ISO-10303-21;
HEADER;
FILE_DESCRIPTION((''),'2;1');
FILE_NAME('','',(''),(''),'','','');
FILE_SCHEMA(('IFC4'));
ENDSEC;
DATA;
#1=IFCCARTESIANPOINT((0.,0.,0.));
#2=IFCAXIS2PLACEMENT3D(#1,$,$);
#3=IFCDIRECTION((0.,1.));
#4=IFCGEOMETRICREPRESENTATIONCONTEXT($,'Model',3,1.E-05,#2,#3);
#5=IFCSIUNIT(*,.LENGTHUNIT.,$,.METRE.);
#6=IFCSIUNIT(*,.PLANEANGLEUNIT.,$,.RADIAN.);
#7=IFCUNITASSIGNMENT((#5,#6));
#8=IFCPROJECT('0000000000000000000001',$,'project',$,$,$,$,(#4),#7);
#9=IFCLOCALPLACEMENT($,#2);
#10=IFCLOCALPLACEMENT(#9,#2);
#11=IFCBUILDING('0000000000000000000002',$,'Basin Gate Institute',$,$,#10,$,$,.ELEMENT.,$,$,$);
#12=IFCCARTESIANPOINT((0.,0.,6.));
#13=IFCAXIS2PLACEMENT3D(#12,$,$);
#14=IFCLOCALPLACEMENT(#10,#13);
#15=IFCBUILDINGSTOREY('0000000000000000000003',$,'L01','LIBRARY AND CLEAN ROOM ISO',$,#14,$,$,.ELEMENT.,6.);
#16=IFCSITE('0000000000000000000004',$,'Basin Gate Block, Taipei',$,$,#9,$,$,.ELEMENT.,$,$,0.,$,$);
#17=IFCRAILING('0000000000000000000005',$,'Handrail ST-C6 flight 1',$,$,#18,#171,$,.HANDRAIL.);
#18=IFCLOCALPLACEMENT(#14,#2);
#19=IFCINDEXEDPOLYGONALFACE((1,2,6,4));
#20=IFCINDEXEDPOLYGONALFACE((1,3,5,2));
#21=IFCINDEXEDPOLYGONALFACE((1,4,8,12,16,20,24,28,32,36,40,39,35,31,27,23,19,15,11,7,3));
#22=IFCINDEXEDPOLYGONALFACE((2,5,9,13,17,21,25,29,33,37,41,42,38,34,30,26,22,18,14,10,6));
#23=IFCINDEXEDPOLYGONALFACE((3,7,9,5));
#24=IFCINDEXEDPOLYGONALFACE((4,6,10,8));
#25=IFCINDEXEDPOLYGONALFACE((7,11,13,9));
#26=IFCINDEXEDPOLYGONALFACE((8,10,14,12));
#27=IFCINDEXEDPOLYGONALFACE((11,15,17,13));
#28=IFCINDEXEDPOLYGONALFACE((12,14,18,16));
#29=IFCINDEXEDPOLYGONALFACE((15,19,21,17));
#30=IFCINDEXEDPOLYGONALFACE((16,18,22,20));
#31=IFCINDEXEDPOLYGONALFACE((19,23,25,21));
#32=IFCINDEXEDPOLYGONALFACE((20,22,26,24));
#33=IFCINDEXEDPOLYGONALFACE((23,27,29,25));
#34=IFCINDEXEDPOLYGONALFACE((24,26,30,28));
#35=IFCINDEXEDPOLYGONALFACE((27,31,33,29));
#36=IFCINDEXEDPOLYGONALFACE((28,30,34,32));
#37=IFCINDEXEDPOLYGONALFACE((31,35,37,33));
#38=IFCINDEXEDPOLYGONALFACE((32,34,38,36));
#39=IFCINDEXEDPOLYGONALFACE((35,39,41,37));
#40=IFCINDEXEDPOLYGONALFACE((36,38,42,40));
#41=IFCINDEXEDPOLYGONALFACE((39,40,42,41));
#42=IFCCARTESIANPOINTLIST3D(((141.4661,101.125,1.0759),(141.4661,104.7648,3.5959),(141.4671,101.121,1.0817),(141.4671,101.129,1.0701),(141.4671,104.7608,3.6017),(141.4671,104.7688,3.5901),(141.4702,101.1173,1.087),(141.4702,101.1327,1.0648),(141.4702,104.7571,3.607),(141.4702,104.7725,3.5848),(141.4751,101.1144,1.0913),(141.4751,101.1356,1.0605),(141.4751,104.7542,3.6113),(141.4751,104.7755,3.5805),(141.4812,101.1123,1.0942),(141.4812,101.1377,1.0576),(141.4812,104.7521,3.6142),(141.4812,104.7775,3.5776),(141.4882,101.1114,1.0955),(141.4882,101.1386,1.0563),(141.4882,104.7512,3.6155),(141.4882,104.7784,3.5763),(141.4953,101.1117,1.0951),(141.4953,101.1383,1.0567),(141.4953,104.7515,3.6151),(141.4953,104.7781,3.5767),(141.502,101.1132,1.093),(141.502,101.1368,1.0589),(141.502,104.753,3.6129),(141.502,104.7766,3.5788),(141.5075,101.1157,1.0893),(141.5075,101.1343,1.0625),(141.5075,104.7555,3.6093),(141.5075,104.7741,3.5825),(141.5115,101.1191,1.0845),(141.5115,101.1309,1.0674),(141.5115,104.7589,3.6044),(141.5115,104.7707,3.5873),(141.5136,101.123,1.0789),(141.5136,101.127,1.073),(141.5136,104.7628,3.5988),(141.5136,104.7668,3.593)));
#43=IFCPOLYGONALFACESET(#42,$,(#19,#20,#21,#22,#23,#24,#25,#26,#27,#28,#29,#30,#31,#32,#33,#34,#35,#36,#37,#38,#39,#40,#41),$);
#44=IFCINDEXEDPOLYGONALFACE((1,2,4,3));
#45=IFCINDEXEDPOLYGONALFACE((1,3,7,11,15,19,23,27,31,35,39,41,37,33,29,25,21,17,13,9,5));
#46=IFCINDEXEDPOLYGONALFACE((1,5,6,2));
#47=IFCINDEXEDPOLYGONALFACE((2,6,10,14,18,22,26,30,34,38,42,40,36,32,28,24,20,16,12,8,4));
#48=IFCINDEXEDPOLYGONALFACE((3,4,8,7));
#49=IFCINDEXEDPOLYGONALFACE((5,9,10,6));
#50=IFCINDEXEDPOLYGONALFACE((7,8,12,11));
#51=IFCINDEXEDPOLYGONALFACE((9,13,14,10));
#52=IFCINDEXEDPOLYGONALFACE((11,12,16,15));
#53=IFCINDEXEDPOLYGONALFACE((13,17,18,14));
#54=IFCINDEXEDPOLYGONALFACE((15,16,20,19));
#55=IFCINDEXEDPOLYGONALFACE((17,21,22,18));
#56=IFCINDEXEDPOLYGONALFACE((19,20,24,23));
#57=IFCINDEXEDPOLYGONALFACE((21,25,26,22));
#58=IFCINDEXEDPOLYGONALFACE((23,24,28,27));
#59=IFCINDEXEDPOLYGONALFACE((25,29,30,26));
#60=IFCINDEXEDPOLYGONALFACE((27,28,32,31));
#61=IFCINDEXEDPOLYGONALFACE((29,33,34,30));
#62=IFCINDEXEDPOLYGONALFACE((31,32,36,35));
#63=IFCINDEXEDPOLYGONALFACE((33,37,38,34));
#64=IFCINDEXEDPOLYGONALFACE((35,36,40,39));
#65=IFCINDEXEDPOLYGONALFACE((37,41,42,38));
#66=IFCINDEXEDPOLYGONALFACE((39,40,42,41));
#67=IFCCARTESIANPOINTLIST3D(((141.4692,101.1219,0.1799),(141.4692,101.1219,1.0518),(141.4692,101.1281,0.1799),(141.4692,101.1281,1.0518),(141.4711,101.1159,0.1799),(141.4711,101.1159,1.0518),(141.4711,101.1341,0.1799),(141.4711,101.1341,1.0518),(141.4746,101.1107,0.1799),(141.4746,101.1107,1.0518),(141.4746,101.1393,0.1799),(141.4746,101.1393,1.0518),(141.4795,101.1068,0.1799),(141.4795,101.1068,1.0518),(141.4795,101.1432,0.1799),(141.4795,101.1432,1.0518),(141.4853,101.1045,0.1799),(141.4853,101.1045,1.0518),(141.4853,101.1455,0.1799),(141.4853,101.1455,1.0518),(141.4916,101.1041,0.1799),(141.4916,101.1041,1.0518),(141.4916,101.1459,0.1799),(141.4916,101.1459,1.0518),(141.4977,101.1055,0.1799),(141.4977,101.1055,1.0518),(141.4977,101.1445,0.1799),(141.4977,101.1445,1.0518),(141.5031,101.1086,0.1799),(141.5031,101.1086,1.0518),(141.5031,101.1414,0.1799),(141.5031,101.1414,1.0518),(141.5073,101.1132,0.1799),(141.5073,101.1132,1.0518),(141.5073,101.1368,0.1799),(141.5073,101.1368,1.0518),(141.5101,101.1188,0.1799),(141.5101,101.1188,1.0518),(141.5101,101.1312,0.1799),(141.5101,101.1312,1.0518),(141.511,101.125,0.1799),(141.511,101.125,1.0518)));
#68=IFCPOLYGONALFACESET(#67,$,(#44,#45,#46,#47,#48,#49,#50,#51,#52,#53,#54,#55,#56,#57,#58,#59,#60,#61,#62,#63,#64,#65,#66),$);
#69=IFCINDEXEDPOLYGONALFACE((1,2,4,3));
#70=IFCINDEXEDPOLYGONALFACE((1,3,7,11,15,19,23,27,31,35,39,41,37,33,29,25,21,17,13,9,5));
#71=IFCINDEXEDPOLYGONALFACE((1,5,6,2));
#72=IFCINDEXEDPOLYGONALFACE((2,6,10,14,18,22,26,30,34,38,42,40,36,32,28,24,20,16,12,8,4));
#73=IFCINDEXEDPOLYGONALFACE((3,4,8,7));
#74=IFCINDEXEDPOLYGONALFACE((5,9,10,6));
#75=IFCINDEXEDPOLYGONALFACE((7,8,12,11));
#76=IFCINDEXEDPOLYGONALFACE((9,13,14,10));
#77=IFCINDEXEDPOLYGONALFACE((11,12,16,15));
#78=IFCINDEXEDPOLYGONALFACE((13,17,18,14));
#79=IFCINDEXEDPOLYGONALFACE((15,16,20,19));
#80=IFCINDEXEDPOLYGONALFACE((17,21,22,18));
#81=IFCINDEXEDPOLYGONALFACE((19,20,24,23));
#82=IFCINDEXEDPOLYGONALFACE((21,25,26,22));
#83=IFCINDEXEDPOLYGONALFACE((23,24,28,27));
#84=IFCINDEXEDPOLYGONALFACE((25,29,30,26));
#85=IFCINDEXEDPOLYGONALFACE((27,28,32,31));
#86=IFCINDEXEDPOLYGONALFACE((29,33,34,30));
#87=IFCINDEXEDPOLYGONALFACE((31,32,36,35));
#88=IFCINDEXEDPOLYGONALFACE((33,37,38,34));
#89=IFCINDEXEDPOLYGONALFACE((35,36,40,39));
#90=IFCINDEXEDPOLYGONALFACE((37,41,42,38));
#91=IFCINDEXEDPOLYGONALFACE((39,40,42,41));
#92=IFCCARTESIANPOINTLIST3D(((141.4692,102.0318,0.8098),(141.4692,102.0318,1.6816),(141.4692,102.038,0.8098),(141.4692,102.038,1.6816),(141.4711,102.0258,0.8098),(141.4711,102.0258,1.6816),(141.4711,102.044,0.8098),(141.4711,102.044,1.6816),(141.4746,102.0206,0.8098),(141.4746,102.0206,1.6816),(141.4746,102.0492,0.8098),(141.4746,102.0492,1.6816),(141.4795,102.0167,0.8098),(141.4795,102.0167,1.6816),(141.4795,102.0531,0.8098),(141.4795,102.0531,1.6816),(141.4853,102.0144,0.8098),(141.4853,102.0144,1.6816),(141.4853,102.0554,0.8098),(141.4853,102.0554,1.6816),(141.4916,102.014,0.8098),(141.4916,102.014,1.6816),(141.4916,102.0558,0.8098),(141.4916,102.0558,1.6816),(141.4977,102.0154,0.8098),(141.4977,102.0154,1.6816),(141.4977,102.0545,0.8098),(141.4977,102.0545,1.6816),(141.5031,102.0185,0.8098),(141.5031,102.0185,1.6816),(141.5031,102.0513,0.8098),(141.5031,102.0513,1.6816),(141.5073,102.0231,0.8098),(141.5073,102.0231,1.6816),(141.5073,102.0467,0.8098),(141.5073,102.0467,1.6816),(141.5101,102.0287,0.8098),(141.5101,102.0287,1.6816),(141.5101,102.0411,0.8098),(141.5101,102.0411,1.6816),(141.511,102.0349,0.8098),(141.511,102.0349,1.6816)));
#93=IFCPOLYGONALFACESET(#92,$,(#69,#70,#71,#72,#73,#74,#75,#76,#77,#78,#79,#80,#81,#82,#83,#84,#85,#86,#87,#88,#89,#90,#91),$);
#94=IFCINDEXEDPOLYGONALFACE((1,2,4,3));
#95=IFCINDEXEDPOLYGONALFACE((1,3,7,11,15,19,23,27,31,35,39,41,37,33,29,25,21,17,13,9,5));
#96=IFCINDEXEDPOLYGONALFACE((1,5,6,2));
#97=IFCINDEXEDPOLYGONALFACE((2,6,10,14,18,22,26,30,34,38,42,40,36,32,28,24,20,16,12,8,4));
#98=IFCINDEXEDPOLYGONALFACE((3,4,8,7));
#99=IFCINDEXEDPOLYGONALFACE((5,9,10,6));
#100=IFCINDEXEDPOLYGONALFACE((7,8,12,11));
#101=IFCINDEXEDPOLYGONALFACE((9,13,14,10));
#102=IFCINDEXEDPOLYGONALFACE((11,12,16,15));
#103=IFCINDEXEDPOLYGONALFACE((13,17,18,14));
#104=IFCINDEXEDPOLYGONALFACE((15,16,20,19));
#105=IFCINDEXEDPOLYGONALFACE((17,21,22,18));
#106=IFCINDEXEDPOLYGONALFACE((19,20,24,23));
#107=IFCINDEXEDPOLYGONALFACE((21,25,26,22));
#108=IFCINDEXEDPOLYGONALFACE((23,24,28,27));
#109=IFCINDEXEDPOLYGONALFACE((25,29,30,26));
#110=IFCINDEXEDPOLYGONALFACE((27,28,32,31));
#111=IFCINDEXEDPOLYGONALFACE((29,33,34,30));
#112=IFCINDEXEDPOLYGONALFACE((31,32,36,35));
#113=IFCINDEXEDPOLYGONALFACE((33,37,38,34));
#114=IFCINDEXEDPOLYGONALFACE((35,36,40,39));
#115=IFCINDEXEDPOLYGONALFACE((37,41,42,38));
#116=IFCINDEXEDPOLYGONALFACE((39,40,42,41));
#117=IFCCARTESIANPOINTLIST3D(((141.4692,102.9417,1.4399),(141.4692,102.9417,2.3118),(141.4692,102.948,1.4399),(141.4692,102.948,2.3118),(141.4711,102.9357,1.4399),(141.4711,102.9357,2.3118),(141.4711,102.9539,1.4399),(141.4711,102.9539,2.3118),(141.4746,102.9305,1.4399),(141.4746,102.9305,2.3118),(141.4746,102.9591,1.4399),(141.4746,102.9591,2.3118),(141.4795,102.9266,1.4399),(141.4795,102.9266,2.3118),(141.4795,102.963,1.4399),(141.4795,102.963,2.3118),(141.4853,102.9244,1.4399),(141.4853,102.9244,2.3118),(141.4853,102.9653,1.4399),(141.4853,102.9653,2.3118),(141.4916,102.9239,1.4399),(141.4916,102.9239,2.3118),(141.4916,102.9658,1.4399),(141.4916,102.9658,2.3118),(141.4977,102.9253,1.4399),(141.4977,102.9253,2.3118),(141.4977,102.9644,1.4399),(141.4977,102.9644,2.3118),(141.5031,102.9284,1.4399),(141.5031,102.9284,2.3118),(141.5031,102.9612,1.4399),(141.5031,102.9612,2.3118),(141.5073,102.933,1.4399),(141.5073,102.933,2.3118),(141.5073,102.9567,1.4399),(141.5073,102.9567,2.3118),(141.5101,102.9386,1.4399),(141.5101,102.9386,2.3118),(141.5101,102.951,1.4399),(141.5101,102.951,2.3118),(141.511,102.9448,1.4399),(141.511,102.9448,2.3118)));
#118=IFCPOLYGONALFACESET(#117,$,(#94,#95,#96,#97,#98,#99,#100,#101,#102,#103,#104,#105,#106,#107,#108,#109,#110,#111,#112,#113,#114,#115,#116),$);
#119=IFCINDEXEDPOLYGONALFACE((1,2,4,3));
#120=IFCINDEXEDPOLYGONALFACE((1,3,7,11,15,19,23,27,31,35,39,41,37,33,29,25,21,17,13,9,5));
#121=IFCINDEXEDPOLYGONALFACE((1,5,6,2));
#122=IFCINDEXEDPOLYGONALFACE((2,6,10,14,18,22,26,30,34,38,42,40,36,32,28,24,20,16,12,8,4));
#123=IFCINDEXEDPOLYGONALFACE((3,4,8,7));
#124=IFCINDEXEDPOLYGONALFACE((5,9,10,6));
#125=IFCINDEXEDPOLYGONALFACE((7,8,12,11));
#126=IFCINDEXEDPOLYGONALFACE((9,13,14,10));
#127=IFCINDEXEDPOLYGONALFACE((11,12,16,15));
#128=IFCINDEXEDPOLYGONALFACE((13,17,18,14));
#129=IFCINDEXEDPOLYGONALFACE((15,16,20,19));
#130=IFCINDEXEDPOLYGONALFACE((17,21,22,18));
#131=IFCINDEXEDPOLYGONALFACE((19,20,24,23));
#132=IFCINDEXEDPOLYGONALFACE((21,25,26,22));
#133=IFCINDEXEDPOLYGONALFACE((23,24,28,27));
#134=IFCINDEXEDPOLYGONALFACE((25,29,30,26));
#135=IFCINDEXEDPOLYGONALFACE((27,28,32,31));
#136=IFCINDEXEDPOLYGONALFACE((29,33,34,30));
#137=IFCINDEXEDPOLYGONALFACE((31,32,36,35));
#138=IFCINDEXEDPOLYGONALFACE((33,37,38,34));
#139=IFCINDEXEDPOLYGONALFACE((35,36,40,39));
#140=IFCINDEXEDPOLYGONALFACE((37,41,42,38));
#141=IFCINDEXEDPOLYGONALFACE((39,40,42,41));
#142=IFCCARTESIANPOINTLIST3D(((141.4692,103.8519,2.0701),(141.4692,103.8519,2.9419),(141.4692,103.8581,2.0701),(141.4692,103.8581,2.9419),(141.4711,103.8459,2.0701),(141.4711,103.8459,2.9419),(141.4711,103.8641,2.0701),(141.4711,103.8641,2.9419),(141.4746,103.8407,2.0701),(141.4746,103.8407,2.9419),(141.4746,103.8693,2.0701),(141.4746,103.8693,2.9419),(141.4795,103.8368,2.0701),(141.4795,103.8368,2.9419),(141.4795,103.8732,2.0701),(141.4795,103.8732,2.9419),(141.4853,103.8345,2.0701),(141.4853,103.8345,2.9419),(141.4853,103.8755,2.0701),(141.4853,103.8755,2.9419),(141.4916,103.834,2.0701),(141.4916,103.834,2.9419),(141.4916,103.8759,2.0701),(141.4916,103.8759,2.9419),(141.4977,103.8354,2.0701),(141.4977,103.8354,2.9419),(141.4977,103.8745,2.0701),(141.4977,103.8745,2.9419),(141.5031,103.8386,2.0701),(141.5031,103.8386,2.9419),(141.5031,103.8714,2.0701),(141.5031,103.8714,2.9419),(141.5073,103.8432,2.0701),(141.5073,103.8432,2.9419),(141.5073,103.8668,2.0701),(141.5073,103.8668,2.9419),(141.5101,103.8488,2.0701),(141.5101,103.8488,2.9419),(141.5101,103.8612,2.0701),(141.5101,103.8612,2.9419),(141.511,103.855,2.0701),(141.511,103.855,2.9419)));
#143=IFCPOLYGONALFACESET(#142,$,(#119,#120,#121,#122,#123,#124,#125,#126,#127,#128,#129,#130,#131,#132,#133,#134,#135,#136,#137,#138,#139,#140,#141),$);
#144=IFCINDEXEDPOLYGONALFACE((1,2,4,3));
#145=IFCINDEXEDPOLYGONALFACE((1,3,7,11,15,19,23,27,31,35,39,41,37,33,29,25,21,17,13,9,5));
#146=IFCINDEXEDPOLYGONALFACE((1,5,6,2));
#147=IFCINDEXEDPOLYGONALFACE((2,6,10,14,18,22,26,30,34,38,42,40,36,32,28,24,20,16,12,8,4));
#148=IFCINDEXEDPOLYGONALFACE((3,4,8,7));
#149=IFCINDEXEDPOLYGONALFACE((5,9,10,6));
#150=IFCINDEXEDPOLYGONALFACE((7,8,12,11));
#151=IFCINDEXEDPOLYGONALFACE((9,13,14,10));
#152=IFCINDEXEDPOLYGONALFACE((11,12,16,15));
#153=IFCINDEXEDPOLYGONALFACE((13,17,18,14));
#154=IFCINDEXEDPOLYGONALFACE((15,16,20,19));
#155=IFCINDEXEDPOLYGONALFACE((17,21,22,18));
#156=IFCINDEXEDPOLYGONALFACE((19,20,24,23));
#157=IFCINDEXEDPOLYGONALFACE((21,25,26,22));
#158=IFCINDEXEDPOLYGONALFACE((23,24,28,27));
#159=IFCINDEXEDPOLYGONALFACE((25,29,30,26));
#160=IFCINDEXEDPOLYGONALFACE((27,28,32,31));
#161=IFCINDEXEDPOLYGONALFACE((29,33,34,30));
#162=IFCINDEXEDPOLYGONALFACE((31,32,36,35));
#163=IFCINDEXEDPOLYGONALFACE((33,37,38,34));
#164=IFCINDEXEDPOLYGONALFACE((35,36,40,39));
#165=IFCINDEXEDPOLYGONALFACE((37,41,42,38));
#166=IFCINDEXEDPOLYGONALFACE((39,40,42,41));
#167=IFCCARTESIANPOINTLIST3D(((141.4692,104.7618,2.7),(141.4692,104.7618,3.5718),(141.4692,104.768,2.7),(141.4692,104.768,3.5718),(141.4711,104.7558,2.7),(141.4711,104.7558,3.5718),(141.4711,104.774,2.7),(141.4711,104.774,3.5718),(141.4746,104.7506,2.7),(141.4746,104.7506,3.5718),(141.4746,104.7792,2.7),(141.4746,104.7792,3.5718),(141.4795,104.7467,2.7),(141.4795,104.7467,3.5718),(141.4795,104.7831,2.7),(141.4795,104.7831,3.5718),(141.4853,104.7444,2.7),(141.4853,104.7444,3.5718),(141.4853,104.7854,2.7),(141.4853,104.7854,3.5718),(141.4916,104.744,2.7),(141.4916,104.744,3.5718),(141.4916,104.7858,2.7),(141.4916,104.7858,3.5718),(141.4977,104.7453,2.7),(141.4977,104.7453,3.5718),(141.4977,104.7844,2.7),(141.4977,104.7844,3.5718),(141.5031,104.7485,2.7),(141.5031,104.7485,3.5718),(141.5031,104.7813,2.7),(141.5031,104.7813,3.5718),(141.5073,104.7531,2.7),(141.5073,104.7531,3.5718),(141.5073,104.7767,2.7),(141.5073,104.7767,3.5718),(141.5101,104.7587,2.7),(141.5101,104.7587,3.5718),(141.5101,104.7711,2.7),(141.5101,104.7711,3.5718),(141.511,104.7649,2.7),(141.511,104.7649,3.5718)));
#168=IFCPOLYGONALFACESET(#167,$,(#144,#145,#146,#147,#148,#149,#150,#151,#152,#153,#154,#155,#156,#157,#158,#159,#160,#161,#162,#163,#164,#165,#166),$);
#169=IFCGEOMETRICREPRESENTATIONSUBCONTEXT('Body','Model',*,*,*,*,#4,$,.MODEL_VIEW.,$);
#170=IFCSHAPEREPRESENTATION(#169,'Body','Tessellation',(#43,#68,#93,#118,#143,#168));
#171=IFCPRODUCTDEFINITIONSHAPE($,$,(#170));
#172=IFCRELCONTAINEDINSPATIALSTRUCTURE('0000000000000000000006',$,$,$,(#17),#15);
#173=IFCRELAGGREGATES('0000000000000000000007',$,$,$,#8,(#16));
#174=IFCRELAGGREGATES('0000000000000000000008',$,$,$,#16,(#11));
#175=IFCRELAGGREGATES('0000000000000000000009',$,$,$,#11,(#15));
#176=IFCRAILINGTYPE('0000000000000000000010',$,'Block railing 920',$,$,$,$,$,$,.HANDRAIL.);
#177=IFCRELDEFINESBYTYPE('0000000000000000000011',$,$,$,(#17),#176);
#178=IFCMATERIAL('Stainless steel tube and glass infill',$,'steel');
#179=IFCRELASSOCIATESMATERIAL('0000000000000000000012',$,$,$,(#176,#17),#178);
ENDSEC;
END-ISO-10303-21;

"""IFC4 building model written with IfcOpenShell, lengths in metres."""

from ifc_helpers import new_model, si_unit, direction, frame, origin, origin_2d, place, context, subcontext, project, spatial, circle, extrude, material, type_object, element, save


model = new_model("IFC4")

# Units and contexts
model_context = context("Model", 3, precision=1e-05, world=origin(), true_north=direction((0.0, 1.0)))
body_context = subcontext(model_context, "Body", "Model", "MODEL_VIEW")
ifc_project = project(units=[si_unit("LENGTHUNIT", "METRE"), si_unit("PLANEANGLEUNIT", "RADIAN")], contexts=[model_context])

# Site, building, storey
site_placement = place(None, origin())
site = spatial("IfcSite", under=ifc_project, at=site_placement, Name="Basin Gate Block, Taipei", CompositionType="ELEMENT", RefElevation=0.0)
building_placement = place(site_placement, origin())
building = spatial("IfcBuilding", under=site, at=building_placement, Name="Basin Gate Institute", CompositionType="ELEMENT")
storey_placement = place(building_placement, frame((0.0, 0.0, 6.0)))
storey = spatial("IfcBuildingStorey", under=building, at=storey_placement, Name="L01", Description="LIBRARY AND CLEAN ROOM ISO", CompositionType="ELEMENT", Elevation=6.0)

# Railing
ifc_material_1 = material(Name="Stainless steel tube and glass infill", Category="steel")
railing_type_1 = type_object("IfcRailingType", Name="Block railing 920", PredefinedType="HANDRAIL", material=ifc_material_1)
for number, where, name in (
    (1, (141.49, 101.125, 0.1799), "Handrail ST-C6 flight 1"),
):
    element("IfcRailing", number, at=place(storey_placement, frame(where)), inside=storey, type_object=railing_type_1, material=ifc_material_1, Name=name, PredefinedType="HANDRAIL", context=body_context, shape_type="SweptSolid", body=[
        extrude(circle(Radius=0.0239, at=origin_2d()), frame((0.0, 0.0, 0.896), z_axis=(0.0, 0.822182, 0.569224), x_axis=(-1.0, 0.0, 0.0)), (0.0, 0.0, 1.0), 4.427),
        extrude(circle(Radius=0.021, at=origin_2d()), origin(), (0.0, 0.0, 1.0), 0.8718),
        extrude(circle(Radius=0.021, at=origin_2d()), frame((0.0, 0.9099, 0.6299)), (0.0, 0.0, 1.0), 0.8718),
        extrude(circle(Radius=0.021, at=origin_2d()), frame((0.0, 1.8198, 1.26)), (0.0, 0.0, 1.0), 0.8718),
        extrude(circle(Radius=0.021, at=origin_2d()), frame((0.0, 2.73, 1.8901)), (0.0, 0.0, 1.0), 0.8718),
        extrude(circle(Radius=0.021, at=origin_2d()), frame((0.0, 3.6399, 2.52)), (0.0, 0.0, 1.0), 0.8718),
    ])

save(model, "model.ifc")
